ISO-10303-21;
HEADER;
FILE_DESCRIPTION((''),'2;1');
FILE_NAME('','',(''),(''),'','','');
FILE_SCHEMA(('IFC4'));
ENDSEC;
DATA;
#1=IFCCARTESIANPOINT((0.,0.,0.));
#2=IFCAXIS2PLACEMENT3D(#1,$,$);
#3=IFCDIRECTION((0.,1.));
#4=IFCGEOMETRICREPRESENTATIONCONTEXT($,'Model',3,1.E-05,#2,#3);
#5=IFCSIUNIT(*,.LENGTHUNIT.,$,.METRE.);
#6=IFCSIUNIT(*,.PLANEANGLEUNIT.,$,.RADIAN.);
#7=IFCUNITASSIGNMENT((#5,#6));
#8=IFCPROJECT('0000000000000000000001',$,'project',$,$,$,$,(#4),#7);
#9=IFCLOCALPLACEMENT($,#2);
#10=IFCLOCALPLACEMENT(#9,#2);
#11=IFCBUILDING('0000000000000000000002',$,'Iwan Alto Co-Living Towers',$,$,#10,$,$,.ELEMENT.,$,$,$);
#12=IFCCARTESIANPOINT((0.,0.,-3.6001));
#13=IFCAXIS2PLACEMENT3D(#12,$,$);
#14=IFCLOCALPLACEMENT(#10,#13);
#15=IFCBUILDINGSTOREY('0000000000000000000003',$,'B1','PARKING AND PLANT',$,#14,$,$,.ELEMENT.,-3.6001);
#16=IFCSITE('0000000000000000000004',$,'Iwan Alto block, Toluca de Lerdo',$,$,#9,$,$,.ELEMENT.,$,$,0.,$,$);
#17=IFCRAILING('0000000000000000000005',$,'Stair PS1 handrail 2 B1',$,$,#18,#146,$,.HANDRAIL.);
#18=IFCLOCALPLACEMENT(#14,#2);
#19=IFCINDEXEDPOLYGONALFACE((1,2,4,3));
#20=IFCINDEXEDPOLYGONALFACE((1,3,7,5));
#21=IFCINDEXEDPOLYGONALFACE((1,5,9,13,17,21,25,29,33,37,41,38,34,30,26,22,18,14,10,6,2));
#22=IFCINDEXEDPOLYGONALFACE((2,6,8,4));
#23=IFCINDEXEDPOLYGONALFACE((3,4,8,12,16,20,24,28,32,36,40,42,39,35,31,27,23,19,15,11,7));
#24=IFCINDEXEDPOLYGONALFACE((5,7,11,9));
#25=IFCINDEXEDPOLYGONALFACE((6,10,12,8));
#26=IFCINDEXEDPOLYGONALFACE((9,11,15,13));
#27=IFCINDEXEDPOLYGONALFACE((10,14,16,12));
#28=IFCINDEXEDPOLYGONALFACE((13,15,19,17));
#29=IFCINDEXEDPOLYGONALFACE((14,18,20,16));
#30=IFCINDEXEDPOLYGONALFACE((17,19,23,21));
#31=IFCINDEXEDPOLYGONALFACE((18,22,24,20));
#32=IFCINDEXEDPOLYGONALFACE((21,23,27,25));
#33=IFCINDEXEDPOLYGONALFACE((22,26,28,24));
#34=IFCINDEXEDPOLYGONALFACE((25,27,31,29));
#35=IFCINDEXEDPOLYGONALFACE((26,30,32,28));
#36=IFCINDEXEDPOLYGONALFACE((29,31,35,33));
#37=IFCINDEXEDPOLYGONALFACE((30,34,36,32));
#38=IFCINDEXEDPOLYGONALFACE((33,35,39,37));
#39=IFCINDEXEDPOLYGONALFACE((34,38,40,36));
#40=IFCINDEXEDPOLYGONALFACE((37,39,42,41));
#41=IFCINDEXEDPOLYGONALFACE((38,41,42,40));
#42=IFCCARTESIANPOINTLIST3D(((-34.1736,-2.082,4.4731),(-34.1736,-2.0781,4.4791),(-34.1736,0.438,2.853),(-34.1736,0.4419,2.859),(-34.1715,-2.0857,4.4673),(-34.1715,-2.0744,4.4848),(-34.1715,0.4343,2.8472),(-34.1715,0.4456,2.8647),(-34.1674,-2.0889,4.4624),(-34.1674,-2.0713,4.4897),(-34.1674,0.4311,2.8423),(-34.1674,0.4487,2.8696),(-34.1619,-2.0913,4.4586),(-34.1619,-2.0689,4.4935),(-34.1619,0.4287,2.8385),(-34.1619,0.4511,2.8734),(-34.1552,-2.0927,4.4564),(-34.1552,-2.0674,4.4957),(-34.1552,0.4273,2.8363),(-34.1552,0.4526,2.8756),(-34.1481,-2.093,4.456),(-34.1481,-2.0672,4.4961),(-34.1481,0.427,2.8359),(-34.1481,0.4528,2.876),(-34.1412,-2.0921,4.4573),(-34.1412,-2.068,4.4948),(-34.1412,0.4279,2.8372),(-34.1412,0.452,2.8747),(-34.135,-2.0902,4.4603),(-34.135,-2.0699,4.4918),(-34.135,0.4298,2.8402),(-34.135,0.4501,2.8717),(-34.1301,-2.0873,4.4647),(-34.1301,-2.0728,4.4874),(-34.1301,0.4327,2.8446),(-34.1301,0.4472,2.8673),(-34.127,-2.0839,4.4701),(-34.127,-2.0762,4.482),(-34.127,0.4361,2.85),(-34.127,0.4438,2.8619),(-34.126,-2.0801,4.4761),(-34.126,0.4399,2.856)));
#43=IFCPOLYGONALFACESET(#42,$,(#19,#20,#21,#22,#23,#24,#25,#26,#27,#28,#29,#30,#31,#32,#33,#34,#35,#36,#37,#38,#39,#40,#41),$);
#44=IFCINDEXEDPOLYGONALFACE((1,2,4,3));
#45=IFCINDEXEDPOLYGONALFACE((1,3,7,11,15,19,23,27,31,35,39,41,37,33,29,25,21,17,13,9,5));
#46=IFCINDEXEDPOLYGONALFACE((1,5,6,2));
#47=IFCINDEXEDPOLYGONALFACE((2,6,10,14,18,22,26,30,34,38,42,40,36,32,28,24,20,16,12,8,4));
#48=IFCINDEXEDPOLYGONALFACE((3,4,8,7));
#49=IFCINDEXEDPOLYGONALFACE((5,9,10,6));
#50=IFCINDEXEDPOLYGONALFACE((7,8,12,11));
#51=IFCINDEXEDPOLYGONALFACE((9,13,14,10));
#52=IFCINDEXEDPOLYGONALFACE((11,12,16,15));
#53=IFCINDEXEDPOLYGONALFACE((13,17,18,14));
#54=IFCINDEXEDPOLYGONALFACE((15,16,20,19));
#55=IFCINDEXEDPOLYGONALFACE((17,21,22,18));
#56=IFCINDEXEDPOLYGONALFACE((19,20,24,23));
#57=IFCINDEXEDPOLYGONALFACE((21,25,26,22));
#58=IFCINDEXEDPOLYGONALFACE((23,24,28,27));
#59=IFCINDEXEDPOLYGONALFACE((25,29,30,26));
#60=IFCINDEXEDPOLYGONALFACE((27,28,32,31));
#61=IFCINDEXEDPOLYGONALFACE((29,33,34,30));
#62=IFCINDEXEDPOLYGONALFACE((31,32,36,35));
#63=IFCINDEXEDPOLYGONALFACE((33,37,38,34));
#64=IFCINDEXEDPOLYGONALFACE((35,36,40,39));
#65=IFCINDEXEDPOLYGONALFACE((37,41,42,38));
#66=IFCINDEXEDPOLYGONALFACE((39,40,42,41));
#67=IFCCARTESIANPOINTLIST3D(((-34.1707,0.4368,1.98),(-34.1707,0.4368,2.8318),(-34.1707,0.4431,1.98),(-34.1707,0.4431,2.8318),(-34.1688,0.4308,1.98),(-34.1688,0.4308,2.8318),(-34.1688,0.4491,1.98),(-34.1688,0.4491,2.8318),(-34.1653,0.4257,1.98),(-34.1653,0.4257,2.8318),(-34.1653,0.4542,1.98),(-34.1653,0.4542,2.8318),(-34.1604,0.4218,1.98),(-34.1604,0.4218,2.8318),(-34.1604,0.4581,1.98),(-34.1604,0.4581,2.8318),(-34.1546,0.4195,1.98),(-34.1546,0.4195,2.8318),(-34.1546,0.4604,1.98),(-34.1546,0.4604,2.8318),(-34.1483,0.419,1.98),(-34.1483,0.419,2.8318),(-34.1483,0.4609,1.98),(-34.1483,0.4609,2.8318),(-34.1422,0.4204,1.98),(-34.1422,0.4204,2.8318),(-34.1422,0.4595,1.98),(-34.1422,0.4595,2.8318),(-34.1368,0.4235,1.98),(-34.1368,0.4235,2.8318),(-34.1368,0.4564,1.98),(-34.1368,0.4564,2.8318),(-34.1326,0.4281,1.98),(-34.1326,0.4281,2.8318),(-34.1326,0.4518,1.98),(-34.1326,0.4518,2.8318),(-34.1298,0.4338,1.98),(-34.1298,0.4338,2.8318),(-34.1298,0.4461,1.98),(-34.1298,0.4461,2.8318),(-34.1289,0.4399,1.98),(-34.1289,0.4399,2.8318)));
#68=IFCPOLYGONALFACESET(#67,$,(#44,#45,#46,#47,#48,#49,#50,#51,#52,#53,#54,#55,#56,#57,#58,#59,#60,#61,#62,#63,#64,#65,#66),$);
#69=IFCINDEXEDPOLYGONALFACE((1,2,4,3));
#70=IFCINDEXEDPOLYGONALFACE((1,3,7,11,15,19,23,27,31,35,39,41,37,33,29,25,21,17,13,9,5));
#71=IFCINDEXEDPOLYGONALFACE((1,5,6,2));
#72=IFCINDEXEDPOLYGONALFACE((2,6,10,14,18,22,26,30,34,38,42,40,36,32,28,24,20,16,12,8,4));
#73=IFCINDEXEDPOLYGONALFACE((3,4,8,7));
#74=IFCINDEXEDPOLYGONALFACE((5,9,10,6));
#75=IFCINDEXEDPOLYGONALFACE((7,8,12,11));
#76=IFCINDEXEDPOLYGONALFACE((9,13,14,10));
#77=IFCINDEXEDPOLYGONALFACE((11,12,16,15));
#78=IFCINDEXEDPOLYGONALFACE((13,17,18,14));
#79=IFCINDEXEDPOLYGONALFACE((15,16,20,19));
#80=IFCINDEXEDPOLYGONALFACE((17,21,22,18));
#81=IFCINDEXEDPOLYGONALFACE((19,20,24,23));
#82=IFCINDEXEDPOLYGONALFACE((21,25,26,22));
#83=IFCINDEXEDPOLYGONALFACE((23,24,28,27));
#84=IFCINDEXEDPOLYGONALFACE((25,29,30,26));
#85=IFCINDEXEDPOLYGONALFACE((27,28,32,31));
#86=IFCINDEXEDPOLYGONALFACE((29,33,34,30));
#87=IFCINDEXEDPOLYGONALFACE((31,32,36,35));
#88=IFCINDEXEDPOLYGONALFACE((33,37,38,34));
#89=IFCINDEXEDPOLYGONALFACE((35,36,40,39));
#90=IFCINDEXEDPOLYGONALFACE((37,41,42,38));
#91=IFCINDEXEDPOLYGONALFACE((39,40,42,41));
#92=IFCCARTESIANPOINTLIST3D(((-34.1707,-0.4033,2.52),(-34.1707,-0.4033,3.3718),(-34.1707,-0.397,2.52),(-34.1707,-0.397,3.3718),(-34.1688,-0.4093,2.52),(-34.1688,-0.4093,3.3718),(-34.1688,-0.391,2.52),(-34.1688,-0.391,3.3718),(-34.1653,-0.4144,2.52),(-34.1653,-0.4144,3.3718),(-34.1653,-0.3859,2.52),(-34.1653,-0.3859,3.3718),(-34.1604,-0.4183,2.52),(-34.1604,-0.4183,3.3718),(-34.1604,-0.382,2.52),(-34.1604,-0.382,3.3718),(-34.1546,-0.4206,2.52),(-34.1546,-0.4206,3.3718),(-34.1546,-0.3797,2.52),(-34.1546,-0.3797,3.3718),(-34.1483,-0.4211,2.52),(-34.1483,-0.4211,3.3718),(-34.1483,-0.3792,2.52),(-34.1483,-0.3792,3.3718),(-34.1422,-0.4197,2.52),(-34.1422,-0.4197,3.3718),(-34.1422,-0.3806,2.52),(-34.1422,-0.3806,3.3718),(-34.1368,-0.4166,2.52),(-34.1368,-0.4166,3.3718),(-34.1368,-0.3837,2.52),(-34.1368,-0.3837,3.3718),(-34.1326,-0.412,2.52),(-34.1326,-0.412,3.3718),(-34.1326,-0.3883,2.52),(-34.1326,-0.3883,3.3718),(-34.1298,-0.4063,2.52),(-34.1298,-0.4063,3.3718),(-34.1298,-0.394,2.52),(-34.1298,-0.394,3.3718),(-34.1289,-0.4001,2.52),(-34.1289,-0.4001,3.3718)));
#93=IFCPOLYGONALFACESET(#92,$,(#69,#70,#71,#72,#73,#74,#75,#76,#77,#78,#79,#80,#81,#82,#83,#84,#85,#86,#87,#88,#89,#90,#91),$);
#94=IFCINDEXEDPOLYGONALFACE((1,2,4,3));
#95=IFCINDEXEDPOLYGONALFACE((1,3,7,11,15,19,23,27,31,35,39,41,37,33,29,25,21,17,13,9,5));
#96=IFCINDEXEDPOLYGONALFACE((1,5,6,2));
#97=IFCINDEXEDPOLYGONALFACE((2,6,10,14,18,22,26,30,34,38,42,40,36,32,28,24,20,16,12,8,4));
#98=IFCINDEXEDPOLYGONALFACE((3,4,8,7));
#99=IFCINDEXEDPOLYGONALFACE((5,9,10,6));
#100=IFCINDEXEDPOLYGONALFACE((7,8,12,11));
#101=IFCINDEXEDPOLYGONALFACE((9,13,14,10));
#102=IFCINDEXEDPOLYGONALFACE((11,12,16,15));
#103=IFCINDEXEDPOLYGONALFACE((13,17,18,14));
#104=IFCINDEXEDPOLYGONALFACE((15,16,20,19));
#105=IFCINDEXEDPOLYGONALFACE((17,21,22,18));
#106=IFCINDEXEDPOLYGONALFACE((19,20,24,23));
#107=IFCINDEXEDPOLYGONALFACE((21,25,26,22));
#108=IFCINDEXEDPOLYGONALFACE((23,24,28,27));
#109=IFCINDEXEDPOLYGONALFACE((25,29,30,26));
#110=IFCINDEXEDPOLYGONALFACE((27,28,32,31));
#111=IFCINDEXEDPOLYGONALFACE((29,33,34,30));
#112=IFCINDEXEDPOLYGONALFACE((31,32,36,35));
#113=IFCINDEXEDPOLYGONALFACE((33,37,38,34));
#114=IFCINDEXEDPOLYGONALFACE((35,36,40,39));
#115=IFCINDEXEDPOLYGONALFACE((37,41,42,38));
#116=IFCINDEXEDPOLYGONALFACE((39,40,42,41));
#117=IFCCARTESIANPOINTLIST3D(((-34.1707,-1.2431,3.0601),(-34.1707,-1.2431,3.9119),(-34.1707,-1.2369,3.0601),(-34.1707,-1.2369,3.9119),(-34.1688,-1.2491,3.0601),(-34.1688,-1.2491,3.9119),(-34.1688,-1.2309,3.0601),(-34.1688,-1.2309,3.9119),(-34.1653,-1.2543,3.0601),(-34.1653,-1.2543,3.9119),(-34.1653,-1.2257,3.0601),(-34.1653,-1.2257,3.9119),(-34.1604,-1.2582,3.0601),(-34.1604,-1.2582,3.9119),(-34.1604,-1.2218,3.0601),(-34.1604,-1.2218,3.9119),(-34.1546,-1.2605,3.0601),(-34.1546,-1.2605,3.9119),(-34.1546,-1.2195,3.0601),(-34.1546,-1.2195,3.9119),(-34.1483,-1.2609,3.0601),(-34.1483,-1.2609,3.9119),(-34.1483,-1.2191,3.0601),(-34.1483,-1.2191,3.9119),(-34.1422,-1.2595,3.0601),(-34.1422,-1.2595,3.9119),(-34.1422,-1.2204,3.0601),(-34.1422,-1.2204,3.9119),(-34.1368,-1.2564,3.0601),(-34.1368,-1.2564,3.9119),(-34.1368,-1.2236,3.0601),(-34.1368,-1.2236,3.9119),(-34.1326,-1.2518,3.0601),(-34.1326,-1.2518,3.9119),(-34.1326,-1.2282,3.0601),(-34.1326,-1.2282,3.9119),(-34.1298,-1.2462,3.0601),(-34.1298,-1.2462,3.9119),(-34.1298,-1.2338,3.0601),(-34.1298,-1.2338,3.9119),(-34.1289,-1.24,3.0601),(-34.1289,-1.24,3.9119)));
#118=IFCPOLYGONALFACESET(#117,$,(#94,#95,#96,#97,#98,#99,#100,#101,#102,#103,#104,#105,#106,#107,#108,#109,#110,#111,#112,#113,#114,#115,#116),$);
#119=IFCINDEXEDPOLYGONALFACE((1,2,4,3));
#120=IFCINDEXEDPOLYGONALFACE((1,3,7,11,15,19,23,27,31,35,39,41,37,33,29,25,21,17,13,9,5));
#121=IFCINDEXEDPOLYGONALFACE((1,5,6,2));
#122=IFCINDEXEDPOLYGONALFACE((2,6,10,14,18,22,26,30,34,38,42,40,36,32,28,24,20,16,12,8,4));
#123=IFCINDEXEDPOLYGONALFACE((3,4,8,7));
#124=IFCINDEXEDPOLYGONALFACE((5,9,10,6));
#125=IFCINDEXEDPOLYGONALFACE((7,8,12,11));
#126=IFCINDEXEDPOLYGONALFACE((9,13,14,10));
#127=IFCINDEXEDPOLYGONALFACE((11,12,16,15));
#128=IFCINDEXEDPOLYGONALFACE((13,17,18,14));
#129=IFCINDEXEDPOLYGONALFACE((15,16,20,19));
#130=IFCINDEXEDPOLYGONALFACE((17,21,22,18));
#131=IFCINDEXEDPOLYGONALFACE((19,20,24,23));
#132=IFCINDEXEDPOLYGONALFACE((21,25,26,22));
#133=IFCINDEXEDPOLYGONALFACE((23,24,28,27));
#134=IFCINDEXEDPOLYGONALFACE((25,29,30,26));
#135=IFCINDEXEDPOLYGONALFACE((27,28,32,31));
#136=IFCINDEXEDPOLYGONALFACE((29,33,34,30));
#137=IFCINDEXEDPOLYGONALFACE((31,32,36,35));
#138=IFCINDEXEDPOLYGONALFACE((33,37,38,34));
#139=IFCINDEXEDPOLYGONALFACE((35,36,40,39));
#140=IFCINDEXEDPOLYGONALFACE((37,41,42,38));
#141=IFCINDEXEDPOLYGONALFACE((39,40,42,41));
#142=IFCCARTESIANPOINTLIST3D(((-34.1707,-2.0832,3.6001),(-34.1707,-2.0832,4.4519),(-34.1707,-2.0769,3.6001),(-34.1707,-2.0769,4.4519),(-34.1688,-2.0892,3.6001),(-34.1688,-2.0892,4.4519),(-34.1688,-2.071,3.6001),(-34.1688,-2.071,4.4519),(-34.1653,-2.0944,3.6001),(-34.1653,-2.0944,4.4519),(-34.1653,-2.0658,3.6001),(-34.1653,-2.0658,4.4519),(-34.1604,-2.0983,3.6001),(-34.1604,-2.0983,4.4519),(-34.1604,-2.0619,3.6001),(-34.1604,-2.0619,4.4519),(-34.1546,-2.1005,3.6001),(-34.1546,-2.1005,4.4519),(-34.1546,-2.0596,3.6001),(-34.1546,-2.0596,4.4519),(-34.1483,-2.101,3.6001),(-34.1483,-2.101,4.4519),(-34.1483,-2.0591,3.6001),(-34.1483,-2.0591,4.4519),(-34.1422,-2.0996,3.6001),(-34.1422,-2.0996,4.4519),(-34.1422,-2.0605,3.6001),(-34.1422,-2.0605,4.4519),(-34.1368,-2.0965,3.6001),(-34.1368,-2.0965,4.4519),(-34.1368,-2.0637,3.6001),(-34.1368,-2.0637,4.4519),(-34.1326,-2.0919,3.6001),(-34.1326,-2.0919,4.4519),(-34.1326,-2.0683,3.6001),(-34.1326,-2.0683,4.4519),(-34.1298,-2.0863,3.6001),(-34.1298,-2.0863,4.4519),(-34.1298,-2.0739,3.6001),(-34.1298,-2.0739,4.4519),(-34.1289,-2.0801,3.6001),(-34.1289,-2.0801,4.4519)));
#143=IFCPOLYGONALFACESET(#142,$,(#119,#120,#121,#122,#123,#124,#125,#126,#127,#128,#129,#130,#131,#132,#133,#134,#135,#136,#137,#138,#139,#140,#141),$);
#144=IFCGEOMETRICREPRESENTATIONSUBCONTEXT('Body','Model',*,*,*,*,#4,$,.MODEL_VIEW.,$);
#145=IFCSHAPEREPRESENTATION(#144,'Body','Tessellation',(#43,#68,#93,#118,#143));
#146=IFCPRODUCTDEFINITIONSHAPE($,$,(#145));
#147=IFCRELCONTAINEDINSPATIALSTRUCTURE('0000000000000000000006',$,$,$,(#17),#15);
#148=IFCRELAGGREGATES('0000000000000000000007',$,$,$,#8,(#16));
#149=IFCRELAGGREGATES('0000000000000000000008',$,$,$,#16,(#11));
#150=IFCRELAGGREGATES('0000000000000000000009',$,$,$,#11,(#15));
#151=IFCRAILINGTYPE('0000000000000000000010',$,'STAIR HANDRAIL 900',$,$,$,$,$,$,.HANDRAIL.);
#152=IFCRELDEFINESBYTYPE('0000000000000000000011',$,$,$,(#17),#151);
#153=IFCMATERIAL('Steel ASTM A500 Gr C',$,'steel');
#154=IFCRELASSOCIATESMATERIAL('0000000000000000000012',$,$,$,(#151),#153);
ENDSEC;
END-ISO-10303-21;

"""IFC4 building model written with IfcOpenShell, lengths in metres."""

from ifc_helpers import new_model, si_unit, direction, frame, origin, origin_2d, place, context, subcontext, project, spatial, circle, extrude, material, type_object, element, save


model = new_model("IFC4")

# Units and contexts
model_context = context("Model", 3, precision=1e-05, world=origin(), true_north=direction((0.0, 1.0)))
body_context = subcontext(model_context, "Body", "Model", "MODEL_VIEW")
ifc_project = project(units=[si_unit("LENGTHUNIT", "METRE"), si_unit("PLANEANGLEUNIT", "RADIAN")], contexts=[model_context])

# Site, building, storey
site_placement = place(None, origin())
site = spatial("IfcSite", under=ifc_project, at=site_placement, Name="Iwan Alto block, Toluca de Lerdo", CompositionType="ELEMENT", RefElevation=0.0)
building_placement = place(site_placement, origin())
building = spatial("IfcBuilding", under=site, at=building_placement, Name="Iwan Alto Co-Living Towers", CompositionType="ELEMENT")
storey_placement = place(building_placement, frame((0.0, 0.0, -3.6001)))
storey = spatial("IfcBuildingStorey", under=building, at=storey_placement, Name="B1", Description="PARKING AND PLANT", CompositionType="ELEMENT", Elevation=-3.6001)

# Railing
ifc_material_1 = material(Name="Steel ASTM A500 Gr C", Category="steel")
railing_type_1 = type_object("IfcRailingType", Name="STAIR HANDRAIL 900", PredefinedType="HANDRAIL", material=ifc_material_1)
railing_1_placement = place(storey_placement, frame((-34.1499, 0.4399, 1.98)))
element("IfcRailing", 1, at=railing_1_placement, inside=storey, type_object=railing_type_1, Name="Stair PS1 handrail 2 B1", PredefinedType="HANDRAIL", context=body_context, shape_type="SweptSolid", body=[
    extrude(circle(Radius=0.0239, at=origin_2d()), frame((0.0, 0.0, 0.876), z_axis=(0.0, -0.841163, 0.540782), x_axis=(1.0, 0.0, 0.0)), (0.0, 0.0, 1.0), 2.9958),
    extrude(circle(Radius=0.021, at=origin_2d()), origin(), (0.0, 0.0, 1.0), 0.8518),
    extrude(circle(Radius=0.021, at=origin_2d()), frame((0.0, -0.8401, 0.54)), (0.0, 0.0, 1.0), 0.8518),
    extrude(circle(Radius=0.021, at=origin_2d()), frame((0.0, -1.6799, 1.0801)), (0.0, 0.0, 1.0), 0.8518),
    extrude(circle(Radius=0.021, at=origin_2d()), frame((0.0, -2.52, 1.6201)), (0.0, 0.0, 1.0), 0.8518),
])

save(model, "model.ifc")
